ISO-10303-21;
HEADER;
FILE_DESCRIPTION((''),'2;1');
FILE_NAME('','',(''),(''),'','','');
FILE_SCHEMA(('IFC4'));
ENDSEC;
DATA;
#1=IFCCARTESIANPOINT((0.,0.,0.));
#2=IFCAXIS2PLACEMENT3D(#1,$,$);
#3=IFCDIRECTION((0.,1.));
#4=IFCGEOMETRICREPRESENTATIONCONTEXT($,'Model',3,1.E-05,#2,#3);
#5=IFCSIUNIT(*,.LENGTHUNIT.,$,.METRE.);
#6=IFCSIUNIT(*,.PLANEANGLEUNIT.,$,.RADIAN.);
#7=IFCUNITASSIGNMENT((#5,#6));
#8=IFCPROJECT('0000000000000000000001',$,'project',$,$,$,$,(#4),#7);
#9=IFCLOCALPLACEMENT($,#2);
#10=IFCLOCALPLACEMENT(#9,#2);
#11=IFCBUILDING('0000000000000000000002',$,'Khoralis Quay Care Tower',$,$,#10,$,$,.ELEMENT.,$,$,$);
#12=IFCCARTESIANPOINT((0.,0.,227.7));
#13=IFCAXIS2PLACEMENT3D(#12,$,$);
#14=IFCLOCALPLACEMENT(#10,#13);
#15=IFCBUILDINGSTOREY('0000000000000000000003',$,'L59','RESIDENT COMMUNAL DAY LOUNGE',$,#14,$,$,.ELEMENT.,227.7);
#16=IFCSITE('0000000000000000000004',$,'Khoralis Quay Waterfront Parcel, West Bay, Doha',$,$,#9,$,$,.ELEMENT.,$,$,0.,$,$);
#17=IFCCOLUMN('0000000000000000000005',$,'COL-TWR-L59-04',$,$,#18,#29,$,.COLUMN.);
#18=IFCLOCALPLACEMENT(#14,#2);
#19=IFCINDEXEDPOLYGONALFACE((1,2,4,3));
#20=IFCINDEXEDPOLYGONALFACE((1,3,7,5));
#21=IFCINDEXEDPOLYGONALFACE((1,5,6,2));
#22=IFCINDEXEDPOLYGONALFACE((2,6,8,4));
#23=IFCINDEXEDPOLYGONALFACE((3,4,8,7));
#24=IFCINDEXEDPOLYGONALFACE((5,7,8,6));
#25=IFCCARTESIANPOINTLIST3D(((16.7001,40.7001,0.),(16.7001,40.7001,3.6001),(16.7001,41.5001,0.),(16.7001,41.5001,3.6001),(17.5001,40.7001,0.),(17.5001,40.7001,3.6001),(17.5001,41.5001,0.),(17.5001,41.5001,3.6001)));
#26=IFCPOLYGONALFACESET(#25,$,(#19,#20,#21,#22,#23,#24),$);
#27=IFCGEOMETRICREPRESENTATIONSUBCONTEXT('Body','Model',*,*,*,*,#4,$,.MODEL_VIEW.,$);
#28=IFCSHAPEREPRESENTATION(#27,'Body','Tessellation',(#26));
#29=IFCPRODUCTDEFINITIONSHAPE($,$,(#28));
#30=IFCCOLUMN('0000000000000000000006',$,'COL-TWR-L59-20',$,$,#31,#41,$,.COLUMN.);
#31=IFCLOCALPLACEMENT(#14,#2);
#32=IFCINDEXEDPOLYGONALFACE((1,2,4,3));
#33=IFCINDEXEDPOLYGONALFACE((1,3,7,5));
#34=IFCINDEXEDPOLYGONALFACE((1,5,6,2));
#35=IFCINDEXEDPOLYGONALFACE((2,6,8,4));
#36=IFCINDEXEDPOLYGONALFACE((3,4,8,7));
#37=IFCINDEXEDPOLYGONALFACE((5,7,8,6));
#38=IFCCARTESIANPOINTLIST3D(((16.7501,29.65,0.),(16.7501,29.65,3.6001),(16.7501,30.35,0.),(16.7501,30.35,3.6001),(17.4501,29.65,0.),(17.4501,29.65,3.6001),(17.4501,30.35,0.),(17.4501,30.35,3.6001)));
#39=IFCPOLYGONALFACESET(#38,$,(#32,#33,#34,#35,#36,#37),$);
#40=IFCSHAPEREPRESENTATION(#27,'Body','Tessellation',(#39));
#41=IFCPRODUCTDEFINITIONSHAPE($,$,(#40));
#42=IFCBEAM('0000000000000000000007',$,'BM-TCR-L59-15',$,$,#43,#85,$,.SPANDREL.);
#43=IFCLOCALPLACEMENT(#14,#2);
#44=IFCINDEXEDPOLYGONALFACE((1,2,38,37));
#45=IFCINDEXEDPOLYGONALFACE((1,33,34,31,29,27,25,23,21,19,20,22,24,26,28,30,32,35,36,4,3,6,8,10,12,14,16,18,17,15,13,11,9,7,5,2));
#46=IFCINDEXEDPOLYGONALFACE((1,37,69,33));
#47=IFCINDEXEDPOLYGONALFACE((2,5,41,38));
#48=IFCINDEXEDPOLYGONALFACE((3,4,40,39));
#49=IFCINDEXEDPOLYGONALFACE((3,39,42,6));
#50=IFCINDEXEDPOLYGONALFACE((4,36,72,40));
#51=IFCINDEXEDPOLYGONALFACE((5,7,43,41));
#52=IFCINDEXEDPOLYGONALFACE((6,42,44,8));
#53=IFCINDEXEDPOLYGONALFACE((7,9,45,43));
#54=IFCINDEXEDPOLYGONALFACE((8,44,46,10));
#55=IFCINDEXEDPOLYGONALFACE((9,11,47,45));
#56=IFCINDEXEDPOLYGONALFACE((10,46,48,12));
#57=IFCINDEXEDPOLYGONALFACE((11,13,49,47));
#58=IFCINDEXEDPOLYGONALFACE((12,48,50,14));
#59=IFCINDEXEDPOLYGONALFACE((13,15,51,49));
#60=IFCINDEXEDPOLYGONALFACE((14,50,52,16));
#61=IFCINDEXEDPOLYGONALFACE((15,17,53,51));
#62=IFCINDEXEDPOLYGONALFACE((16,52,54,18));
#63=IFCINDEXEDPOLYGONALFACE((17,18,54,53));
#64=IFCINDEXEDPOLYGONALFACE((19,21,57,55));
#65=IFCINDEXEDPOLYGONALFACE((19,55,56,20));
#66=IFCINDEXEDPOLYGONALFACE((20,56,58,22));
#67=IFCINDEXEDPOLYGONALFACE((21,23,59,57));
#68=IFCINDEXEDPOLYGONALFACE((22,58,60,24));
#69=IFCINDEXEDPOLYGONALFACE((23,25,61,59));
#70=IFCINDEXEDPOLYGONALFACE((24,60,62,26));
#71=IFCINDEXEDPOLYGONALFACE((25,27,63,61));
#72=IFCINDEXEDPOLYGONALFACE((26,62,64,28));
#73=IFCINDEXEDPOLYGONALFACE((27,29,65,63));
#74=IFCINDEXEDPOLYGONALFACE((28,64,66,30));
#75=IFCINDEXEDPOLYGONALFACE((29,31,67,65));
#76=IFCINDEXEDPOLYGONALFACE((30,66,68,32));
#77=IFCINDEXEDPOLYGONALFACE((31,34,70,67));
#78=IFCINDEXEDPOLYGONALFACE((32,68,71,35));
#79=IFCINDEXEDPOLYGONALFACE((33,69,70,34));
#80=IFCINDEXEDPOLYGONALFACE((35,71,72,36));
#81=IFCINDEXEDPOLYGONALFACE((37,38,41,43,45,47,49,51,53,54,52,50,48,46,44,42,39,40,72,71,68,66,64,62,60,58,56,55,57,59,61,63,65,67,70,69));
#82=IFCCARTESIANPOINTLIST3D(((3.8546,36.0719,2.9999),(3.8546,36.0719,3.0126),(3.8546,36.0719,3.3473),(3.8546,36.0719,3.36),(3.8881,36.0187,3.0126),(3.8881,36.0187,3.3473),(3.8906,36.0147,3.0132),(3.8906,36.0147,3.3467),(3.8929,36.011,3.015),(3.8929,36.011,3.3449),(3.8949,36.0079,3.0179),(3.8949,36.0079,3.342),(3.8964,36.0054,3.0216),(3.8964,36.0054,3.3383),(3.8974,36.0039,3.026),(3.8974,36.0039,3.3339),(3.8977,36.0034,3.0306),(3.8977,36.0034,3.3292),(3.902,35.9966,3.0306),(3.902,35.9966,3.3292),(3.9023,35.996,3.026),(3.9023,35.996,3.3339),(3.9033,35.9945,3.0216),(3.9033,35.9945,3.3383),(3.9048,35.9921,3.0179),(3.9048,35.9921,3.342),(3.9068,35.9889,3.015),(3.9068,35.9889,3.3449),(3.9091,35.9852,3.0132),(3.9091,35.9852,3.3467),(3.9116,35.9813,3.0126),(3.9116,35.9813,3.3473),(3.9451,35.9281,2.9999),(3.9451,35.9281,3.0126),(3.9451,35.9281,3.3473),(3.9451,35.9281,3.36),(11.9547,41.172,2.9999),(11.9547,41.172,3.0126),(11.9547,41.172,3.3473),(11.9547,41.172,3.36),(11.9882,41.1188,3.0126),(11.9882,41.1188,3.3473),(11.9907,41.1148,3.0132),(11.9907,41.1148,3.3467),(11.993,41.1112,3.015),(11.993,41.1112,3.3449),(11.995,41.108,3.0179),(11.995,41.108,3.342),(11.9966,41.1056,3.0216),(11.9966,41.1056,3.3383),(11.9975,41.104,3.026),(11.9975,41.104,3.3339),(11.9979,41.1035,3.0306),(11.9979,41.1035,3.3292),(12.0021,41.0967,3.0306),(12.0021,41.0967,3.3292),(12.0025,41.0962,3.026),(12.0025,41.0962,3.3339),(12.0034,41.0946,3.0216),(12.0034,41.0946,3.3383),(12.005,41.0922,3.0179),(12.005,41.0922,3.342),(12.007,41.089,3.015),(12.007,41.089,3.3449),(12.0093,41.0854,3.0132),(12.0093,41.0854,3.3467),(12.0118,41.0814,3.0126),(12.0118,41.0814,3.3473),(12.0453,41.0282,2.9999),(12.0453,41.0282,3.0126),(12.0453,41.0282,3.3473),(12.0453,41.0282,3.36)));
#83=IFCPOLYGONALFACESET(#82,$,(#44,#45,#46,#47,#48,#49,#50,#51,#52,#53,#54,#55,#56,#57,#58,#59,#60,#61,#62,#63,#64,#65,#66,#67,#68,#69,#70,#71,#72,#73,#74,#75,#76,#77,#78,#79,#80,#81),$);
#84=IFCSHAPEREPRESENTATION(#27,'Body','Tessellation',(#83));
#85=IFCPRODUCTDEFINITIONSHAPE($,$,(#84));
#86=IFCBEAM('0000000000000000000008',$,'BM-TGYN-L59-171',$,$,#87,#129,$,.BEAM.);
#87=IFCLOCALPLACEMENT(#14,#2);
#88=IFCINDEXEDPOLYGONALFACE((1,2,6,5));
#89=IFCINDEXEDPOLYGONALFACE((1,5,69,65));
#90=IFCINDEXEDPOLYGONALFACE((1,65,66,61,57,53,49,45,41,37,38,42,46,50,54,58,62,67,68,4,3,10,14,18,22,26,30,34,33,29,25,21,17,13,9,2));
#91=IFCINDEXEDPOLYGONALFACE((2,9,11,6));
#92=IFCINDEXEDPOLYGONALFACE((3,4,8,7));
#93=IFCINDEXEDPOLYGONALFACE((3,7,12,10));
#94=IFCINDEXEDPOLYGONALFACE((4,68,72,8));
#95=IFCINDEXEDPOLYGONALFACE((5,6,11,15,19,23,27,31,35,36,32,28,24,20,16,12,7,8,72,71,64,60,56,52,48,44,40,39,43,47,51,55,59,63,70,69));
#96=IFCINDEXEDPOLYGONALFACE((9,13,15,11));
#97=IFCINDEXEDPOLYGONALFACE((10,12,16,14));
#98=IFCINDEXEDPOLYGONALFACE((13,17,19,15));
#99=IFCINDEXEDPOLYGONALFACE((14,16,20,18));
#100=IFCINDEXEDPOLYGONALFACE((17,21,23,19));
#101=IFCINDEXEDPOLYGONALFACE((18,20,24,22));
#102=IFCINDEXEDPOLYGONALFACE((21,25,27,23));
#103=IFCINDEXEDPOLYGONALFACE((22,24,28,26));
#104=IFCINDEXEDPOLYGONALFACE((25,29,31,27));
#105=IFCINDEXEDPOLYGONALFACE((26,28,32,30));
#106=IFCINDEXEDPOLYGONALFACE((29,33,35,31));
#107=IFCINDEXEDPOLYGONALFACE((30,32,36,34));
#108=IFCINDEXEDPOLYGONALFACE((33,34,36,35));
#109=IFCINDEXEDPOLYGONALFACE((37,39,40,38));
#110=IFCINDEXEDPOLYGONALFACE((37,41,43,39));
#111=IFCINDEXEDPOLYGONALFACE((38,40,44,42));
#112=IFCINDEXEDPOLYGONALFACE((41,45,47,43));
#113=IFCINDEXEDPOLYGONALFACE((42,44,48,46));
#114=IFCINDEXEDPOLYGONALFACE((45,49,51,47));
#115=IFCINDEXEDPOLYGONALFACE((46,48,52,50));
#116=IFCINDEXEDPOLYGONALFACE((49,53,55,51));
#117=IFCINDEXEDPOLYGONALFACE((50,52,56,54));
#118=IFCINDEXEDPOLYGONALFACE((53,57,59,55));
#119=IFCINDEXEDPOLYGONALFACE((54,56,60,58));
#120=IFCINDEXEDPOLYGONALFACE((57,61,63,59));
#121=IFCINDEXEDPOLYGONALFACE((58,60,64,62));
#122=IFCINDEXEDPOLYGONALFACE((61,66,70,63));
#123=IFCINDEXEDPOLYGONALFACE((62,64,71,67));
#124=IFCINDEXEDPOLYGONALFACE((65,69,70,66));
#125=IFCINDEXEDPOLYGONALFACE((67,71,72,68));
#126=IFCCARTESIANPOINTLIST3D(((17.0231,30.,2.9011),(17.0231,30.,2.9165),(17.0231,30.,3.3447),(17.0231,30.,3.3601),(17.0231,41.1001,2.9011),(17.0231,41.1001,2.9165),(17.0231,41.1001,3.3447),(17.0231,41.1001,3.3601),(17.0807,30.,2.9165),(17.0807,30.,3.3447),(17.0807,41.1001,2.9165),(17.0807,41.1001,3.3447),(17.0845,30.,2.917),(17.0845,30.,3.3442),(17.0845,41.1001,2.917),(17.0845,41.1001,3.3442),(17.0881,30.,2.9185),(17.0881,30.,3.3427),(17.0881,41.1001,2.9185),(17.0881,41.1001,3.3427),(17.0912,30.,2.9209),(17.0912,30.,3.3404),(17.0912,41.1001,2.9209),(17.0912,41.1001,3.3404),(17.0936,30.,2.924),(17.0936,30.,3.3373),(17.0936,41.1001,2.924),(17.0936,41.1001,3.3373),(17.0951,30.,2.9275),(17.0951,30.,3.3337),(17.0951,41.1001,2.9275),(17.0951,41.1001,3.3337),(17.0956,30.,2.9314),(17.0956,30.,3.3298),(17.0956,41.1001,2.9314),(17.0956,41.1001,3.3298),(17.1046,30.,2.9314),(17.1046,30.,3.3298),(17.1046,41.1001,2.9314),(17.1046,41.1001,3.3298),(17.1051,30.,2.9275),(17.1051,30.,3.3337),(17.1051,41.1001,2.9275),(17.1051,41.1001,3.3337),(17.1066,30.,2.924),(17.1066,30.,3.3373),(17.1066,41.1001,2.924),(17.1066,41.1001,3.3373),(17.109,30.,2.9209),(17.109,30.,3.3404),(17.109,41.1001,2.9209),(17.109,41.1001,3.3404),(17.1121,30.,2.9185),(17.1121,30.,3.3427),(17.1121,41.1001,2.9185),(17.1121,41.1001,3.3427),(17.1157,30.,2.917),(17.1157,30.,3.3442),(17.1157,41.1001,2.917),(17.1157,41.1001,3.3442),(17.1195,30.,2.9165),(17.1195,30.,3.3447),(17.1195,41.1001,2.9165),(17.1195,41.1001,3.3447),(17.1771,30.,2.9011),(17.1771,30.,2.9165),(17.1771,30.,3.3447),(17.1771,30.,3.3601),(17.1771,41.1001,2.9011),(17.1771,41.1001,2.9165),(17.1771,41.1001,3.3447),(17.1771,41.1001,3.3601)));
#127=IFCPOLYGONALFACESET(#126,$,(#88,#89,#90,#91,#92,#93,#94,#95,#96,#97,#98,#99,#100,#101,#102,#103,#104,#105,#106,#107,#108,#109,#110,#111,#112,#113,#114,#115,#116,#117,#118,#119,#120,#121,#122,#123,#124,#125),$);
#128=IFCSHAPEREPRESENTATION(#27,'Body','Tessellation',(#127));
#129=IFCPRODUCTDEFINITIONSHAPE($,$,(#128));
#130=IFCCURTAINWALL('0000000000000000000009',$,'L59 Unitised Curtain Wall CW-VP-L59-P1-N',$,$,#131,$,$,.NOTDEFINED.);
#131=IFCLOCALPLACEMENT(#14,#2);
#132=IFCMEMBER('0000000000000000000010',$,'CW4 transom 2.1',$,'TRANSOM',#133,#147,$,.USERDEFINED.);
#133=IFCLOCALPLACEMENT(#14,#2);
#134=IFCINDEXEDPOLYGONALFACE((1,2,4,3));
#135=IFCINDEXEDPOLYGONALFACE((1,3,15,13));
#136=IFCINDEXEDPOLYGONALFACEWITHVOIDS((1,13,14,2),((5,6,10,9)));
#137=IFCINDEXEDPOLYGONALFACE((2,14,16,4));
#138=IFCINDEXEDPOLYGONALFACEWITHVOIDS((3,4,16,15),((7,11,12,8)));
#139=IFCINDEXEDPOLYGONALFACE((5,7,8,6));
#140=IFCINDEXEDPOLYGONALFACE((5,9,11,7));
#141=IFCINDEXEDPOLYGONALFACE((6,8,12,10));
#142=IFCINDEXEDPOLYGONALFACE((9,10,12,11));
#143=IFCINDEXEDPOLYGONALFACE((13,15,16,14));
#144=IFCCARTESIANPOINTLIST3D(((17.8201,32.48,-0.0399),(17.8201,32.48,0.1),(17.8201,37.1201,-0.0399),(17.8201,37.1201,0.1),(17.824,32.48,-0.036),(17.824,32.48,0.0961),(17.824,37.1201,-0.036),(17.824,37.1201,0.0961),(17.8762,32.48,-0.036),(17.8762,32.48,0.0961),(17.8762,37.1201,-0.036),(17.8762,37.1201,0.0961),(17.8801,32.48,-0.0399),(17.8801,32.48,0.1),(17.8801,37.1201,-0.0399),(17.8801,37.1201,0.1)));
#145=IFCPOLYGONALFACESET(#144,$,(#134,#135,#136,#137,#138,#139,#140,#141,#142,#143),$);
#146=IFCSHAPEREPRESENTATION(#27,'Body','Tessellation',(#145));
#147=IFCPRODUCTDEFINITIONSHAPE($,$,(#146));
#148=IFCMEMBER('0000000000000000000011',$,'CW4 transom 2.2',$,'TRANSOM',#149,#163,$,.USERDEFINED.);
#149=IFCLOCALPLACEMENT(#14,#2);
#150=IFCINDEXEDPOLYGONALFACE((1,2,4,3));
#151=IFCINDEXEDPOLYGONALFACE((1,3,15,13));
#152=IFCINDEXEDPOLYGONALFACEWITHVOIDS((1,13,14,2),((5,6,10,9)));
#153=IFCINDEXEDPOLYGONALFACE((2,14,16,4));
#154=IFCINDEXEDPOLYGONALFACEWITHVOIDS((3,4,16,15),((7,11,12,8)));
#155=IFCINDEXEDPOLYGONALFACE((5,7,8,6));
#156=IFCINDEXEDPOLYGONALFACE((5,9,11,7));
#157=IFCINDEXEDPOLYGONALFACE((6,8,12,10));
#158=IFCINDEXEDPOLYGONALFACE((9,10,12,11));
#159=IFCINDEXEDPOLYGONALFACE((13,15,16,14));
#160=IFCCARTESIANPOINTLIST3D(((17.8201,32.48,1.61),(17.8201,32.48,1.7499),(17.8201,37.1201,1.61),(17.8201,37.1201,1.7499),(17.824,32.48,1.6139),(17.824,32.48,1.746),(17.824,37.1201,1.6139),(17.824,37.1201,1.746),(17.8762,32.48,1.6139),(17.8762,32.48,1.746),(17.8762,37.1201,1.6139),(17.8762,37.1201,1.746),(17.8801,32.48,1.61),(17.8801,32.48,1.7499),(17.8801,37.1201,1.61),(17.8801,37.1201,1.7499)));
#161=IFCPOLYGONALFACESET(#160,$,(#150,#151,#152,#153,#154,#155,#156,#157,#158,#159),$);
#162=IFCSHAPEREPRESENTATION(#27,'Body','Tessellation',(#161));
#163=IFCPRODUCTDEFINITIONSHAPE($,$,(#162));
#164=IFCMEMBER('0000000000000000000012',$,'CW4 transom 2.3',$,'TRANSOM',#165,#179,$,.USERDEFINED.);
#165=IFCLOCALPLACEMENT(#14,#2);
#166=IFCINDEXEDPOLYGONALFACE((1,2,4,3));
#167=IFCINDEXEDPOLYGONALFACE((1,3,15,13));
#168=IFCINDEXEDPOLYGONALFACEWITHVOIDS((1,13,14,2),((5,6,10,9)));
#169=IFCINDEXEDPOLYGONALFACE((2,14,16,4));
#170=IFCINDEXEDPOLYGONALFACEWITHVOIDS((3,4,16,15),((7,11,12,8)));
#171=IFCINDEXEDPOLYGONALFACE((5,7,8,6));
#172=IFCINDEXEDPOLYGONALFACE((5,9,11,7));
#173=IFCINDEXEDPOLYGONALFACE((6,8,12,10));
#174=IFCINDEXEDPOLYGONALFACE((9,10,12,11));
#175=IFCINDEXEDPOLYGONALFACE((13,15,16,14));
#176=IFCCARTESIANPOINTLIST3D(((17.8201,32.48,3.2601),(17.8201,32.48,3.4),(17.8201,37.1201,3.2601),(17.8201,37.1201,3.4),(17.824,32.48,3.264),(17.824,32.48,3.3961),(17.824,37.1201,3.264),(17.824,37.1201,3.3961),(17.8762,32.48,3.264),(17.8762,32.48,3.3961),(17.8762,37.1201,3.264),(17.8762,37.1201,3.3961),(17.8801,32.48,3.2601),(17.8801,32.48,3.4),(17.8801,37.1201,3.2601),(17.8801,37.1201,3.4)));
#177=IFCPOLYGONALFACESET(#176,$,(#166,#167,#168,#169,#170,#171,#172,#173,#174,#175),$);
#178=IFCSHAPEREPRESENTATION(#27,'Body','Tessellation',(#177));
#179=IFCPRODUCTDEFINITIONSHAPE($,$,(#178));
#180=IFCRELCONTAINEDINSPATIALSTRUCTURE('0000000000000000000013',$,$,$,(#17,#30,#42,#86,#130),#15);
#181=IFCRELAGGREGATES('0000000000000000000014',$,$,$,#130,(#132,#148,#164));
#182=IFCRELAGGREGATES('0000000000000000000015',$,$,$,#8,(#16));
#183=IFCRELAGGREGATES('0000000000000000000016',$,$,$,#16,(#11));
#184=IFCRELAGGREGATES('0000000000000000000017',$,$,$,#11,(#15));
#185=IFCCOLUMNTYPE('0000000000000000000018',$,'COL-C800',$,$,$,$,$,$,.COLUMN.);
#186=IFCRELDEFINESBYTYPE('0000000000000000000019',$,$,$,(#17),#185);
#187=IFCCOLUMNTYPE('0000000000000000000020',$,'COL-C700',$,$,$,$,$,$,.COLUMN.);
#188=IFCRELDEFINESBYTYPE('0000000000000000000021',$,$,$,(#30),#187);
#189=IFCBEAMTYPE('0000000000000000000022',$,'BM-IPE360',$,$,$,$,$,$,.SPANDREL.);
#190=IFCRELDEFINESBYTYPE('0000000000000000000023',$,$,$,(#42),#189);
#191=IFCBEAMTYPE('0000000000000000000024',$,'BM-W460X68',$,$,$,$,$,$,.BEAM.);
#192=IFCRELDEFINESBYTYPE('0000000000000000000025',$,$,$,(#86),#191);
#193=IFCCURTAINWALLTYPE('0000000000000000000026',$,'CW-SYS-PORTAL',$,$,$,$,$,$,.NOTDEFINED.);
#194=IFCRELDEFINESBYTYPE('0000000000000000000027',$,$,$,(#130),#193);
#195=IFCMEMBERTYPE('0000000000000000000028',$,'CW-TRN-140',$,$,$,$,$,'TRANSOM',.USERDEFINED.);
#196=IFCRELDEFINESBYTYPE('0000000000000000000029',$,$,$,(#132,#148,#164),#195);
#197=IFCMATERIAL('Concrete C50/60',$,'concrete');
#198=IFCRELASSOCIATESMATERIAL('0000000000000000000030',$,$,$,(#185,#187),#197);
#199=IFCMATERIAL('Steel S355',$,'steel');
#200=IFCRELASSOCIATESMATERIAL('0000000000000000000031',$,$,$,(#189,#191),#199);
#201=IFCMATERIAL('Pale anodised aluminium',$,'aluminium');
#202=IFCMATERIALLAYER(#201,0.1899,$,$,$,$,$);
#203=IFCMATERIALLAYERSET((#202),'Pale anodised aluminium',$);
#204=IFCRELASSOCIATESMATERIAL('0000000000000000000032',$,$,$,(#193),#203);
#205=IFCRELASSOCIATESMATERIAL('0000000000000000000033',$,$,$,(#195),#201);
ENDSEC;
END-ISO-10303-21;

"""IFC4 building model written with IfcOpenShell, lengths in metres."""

from ifc_helpers import new_model, si_unit, direction, frame, origin, origin_2d, place, context, subcontext, project, spatial, rectangle, hollow_rectangle, i_section, extrude, source, transform, mapped, material, layer, layer_set, material_profile, profile_set, type_object, element, aggregate, save


model = new_model("IFC4")

# Units and contexts
model_context = context("Model", 3, precision=1e-05, world=origin(), true_north=direction((0.0, 1.0)))
body_context = subcontext(model_context, "Body", "Model", "MODEL_VIEW")
ifc_project = project(units=[si_unit("LENGTHUNIT", "METRE"), si_unit("PLANEANGLEUNIT", "RADIAN")], contexts=[model_context])

# Site, building, storey
site_placement = place(None, origin())
site = spatial("IfcSite", under=ifc_project, at=site_placement, Name="Khoralis Quay Waterfront Parcel, West Bay, Doha", CompositionType="ELEMENT", RefElevation=0.0)
building_placement = place(site_placement, origin())
building = spatial("IfcBuilding", under=site, at=building_placement, Name="Khoralis Quay Care Tower", CompositionType="ELEMENT")
storey_placement = place(building_placement, frame((0.0, 0.0, 227.7)))
storey = spatial("IfcBuildingStorey", under=building, at=storey_placement, Name="L59", Description="RESIDENT COMMUNAL DAY LOUNGE", CompositionType="ELEMENT", Elevation=227.7)

# Columns
ifc_material_1 = material(Name="Concrete C50/60", Category="concrete")
ifc_material_profile_1 = material_profile(ifc_material_1, rectangle(XDim=0.8, YDim=0.8, at=origin_2d()), Name="Concrete C50/60")
ifc_profile_set_1 = profile_set([ifc_material_profile_1], Name="Concrete C50/60")
column_type_1 = type_object("IfcColumnType", Name="COL-C800", PredefinedType="COLUMN", material=ifc_profile_set_1)
shared_shape_1 = source(origin(), body_context, "Body", "SweptSolid", [
    extrude(rectangle(XDim=0.8, YDim=0.8, at=origin_2d()), origin(), (0.0, 0.0, 1.0), 3.6001),
])
column_1_placement = place(storey_placement, frame((17.1001, 41.1001, 0.0), z_axis=(0.0, 0.0, 1.0), x_axis=(1.0, 0.0, 0.0)))
element("IfcColumn", 1, at=column_1_placement, inside=storey, type_object=column_type_1, Name="COL-TWR-L59-04", PredefinedType="COLUMN", context=body_context, shape_type="MappedRepresentation", body=[
    mapped(shared_shape_1, transform((0.0, 0.0, 0.0), scale=1.0)),
])
ifc_material_profile_2 = material_profile(ifc_material_1, rectangle(XDim=0.7, YDim=0.7, at=origin_2d()), Name="Concrete C50/60")
ifc_profile_set_2 = profile_set([ifc_material_profile_2], Name="Concrete C50/60")
column_type_2 = type_object("IfcColumnType", Name="COL-C700", PredefinedType="COLUMN", material=ifc_profile_set_2)
shared_shape_2 = source(origin(), body_context, "Body", "SweptSolid", [
    extrude(rectangle(XDim=0.7, YDim=0.7, at=origin_2d()), origin(), (0.0, 0.0, 1.0), 3.6001),
])
column_2_placement = place(storey_placement, frame((17.1001, 30.0, 0.0), z_axis=(0.0, 0.0, 1.0), x_axis=(1.0, 0.0, 0.0)))
element("IfcColumn", 2, at=column_2_placement, inside=storey, type_object=column_type_2, Name="COL-TWR-L59-20", PredefinedType="COLUMN", context=body_context, shape_type="MappedRepresentation", body=[
    mapped(shared_shape_2, transform((0.0, 0.0, 0.0), scale=1.0)),
])

# Beams
ifc_material_2 = material(Name="Steel S355", Category="steel")
ifc_material_profile_3 = material_profile(ifc_material_2, i_section(OverallWidth=0.1699, OverallDepth=0.3601, WebThickness=0.0081, FlangeThickness=0.0127, FilletRadius=0.0181, at=origin_2d()), Name="Steel S355")
ifc_profile_set_3 = profile_set([ifc_material_profile_3], Name="Steel S355")
beam_type_1 = type_object("IfcBeamType", Name="BM-IPE360", PredefinedType="SPANDREL", material=ifc_profile_set_3)
shared_shape_3 = source(origin(), body_context, "Body", "SweptSolid", [
    extrude(i_section(OverallWidth=0.1699, OverallDepth=0.3601, WebThickness=0.0081, FlangeThickness=0.0127, FilletRadius=0.0181, at=origin_2d()), origin(), (0.0, 0.0, 1.0), 9.572),
])
beam_1_placement = place(storey_placement, frame((12.0, 41.1001, 3.1799), z_axis=(-0.846231, -0.532816, 0.0), x_axis=(0.532816, -0.846231, 0.0)))
element("IfcBeam", 3, at=beam_1_placement, inside=storey, type_object=beam_type_1, Name="BM-TCR-L59-15", PredefinedType="SPANDREL", context=body_context, shape_type="MappedRepresentation", body=[
    mapped(shared_shape_3, transform((0.0, 0.0, 0.0), scale=1.0)),
])
ifc_material_profile_4 = material_profile(ifc_material_2, i_section(OverallWidth=0.1541, OverallDepth=0.459, WebThickness=0.009, FlangeThickness=0.0154, FilletRadius=0.0149, at=origin_2d()), Name="Steel S355")
ifc_profile_set_4 = profile_set([ifc_material_profile_4], Name="Steel S355")
beam_type_2 = type_object("IfcBeamType", Name="BM-W460X68", PredefinedType="BEAM", material=ifc_profile_set_4)
shared_shape_4 = source(origin(), body_context, "Body", "SweptSolid", [
    extrude(i_section(OverallWidth=0.1541, OverallDepth=0.459, WebThickness=0.009, FlangeThickness=0.0154, FilletRadius=0.0149, at=origin_2d()), origin(), (0.0, 0.0, 1.0), 11.1001),
])
beam_2_placement = place(storey_placement, frame((17.1001, 30.0, 3.1306), z_axis=(0.0, 1.0, 0.0), x_axis=(-1.0, 0.0, 0.0)))
element("IfcBeam", 4, at=beam_2_placement, inside=storey, type_object=beam_type_2, Name="BM-TGYN-L59-171", PredefinedType="BEAM", context=body_context, shape_type="MappedRepresentation", body=[
    mapped(shared_shape_4, transform((0.0, 0.0, 0.0), scale=1.0)),
])

# Curtain wall, members
ifc_material_3 = material(Name="Pale anodised aluminium", Category="aluminium")
ifc_layer_1 = layer(ifc_material_3, 0.1899)
ifc_layer_set_1 = layer_set([ifc_layer_1], Name="Pale anodised aluminium")
curtain_wall_type = type_object("IfcCurtainWallType", Name="CW-SYS-PORTAL", PredefinedType="NOTDEFINED", material=ifc_layer_set_1)
curtain_wall_placement = place(storey_placement, origin())
curtain_wall = element("IfcCurtainWall", 5, at=curtain_wall_placement, inside=storey, type_object=curtain_wall_type, Name="L59 Unitised Curtain Wall CW-VP-L59-P1-N", PredefinedType="NOTDEFINED")
ifc_material_profile_5 = material_profile(ifc_material_3, hollow_rectangle(XDim=0.0601, YDim=0.1399, WallThickness=0.0039, at=origin_2d()), Name="Pale anodised aluminium")
ifc_profile_set_5 = profile_set([ifc_material_profile_5], Name="Pale anodised aluminium")
member_type_1 = type_object("IfcMemberType", Name="CW-TRN-140", ElementType="TRANSOM", PredefinedType="USERDEFINED", material=ifc_profile_set_5)
shared_shape_5 = source(origin(), body_context, "Body", "SweptSolid", [
    extrude(hollow_rectangle(XDim=0.0601, YDim=0.1399, WallThickness=0.0039, at=origin_2d()), origin(), (0.0, 0.0, 1.0), 4.6401),
])
member_1_placement = place(storey_placement, frame((17.8501, 32.48, 0.03), z_axis=(0.0, 1.0, 0.0), x_axis=(-1.0, 0.0, 0.0)))
member_1 = element("IfcMember", 6, at=member_1_placement, type_object=member_type_1, Name="CW4 transom 2.1", ObjectType="TRANSOM", PredefinedType="USERDEFINED", context=body_context, shape_type="MappedRepresentation", body=[
    mapped(shared_shape_5, transform((0.0, 0.0, 0.0), scale=1.0)),
])
member_2_placement = place(storey_placement, frame((17.8501, 32.48, 1.6799), z_axis=(0.0, 1.0, 0.0), x_axis=(-1.0, 0.0, 0.0)))
member_2 = element("IfcMember", 7, at=member_2_placement, type_object=member_type_1, Name="CW4 transom 2.2", ObjectType="TRANSOM", PredefinedType="USERDEFINED", context=body_context, shape_type="MappedRepresentation", body=[
    mapped(shared_shape_5, transform((0.0, 0.0, 0.0), scale=1.0)),
])
member_3_placement = place(storey_placement, frame((17.8501, 32.48, 3.3301), z_axis=(0.0, 1.0, 0.0), x_axis=(-1.0, 0.0, 0.0)))
member_3 = element("IfcMember", 8, at=member_3_placement, type_object=member_type_1, Name="CW4 transom 2.3", ObjectType="TRANSOM", PredefinedType="USERDEFINED", context=body_context, shape_type="MappedRepresentation", body=[
    mapped(shared_shape_5, transform((0.0, 0.0, 0.0), scale=1.0)),
])
aggregate(curtain_wall, [member_1, member_2, member_3])

save(model, "model.ifc")
